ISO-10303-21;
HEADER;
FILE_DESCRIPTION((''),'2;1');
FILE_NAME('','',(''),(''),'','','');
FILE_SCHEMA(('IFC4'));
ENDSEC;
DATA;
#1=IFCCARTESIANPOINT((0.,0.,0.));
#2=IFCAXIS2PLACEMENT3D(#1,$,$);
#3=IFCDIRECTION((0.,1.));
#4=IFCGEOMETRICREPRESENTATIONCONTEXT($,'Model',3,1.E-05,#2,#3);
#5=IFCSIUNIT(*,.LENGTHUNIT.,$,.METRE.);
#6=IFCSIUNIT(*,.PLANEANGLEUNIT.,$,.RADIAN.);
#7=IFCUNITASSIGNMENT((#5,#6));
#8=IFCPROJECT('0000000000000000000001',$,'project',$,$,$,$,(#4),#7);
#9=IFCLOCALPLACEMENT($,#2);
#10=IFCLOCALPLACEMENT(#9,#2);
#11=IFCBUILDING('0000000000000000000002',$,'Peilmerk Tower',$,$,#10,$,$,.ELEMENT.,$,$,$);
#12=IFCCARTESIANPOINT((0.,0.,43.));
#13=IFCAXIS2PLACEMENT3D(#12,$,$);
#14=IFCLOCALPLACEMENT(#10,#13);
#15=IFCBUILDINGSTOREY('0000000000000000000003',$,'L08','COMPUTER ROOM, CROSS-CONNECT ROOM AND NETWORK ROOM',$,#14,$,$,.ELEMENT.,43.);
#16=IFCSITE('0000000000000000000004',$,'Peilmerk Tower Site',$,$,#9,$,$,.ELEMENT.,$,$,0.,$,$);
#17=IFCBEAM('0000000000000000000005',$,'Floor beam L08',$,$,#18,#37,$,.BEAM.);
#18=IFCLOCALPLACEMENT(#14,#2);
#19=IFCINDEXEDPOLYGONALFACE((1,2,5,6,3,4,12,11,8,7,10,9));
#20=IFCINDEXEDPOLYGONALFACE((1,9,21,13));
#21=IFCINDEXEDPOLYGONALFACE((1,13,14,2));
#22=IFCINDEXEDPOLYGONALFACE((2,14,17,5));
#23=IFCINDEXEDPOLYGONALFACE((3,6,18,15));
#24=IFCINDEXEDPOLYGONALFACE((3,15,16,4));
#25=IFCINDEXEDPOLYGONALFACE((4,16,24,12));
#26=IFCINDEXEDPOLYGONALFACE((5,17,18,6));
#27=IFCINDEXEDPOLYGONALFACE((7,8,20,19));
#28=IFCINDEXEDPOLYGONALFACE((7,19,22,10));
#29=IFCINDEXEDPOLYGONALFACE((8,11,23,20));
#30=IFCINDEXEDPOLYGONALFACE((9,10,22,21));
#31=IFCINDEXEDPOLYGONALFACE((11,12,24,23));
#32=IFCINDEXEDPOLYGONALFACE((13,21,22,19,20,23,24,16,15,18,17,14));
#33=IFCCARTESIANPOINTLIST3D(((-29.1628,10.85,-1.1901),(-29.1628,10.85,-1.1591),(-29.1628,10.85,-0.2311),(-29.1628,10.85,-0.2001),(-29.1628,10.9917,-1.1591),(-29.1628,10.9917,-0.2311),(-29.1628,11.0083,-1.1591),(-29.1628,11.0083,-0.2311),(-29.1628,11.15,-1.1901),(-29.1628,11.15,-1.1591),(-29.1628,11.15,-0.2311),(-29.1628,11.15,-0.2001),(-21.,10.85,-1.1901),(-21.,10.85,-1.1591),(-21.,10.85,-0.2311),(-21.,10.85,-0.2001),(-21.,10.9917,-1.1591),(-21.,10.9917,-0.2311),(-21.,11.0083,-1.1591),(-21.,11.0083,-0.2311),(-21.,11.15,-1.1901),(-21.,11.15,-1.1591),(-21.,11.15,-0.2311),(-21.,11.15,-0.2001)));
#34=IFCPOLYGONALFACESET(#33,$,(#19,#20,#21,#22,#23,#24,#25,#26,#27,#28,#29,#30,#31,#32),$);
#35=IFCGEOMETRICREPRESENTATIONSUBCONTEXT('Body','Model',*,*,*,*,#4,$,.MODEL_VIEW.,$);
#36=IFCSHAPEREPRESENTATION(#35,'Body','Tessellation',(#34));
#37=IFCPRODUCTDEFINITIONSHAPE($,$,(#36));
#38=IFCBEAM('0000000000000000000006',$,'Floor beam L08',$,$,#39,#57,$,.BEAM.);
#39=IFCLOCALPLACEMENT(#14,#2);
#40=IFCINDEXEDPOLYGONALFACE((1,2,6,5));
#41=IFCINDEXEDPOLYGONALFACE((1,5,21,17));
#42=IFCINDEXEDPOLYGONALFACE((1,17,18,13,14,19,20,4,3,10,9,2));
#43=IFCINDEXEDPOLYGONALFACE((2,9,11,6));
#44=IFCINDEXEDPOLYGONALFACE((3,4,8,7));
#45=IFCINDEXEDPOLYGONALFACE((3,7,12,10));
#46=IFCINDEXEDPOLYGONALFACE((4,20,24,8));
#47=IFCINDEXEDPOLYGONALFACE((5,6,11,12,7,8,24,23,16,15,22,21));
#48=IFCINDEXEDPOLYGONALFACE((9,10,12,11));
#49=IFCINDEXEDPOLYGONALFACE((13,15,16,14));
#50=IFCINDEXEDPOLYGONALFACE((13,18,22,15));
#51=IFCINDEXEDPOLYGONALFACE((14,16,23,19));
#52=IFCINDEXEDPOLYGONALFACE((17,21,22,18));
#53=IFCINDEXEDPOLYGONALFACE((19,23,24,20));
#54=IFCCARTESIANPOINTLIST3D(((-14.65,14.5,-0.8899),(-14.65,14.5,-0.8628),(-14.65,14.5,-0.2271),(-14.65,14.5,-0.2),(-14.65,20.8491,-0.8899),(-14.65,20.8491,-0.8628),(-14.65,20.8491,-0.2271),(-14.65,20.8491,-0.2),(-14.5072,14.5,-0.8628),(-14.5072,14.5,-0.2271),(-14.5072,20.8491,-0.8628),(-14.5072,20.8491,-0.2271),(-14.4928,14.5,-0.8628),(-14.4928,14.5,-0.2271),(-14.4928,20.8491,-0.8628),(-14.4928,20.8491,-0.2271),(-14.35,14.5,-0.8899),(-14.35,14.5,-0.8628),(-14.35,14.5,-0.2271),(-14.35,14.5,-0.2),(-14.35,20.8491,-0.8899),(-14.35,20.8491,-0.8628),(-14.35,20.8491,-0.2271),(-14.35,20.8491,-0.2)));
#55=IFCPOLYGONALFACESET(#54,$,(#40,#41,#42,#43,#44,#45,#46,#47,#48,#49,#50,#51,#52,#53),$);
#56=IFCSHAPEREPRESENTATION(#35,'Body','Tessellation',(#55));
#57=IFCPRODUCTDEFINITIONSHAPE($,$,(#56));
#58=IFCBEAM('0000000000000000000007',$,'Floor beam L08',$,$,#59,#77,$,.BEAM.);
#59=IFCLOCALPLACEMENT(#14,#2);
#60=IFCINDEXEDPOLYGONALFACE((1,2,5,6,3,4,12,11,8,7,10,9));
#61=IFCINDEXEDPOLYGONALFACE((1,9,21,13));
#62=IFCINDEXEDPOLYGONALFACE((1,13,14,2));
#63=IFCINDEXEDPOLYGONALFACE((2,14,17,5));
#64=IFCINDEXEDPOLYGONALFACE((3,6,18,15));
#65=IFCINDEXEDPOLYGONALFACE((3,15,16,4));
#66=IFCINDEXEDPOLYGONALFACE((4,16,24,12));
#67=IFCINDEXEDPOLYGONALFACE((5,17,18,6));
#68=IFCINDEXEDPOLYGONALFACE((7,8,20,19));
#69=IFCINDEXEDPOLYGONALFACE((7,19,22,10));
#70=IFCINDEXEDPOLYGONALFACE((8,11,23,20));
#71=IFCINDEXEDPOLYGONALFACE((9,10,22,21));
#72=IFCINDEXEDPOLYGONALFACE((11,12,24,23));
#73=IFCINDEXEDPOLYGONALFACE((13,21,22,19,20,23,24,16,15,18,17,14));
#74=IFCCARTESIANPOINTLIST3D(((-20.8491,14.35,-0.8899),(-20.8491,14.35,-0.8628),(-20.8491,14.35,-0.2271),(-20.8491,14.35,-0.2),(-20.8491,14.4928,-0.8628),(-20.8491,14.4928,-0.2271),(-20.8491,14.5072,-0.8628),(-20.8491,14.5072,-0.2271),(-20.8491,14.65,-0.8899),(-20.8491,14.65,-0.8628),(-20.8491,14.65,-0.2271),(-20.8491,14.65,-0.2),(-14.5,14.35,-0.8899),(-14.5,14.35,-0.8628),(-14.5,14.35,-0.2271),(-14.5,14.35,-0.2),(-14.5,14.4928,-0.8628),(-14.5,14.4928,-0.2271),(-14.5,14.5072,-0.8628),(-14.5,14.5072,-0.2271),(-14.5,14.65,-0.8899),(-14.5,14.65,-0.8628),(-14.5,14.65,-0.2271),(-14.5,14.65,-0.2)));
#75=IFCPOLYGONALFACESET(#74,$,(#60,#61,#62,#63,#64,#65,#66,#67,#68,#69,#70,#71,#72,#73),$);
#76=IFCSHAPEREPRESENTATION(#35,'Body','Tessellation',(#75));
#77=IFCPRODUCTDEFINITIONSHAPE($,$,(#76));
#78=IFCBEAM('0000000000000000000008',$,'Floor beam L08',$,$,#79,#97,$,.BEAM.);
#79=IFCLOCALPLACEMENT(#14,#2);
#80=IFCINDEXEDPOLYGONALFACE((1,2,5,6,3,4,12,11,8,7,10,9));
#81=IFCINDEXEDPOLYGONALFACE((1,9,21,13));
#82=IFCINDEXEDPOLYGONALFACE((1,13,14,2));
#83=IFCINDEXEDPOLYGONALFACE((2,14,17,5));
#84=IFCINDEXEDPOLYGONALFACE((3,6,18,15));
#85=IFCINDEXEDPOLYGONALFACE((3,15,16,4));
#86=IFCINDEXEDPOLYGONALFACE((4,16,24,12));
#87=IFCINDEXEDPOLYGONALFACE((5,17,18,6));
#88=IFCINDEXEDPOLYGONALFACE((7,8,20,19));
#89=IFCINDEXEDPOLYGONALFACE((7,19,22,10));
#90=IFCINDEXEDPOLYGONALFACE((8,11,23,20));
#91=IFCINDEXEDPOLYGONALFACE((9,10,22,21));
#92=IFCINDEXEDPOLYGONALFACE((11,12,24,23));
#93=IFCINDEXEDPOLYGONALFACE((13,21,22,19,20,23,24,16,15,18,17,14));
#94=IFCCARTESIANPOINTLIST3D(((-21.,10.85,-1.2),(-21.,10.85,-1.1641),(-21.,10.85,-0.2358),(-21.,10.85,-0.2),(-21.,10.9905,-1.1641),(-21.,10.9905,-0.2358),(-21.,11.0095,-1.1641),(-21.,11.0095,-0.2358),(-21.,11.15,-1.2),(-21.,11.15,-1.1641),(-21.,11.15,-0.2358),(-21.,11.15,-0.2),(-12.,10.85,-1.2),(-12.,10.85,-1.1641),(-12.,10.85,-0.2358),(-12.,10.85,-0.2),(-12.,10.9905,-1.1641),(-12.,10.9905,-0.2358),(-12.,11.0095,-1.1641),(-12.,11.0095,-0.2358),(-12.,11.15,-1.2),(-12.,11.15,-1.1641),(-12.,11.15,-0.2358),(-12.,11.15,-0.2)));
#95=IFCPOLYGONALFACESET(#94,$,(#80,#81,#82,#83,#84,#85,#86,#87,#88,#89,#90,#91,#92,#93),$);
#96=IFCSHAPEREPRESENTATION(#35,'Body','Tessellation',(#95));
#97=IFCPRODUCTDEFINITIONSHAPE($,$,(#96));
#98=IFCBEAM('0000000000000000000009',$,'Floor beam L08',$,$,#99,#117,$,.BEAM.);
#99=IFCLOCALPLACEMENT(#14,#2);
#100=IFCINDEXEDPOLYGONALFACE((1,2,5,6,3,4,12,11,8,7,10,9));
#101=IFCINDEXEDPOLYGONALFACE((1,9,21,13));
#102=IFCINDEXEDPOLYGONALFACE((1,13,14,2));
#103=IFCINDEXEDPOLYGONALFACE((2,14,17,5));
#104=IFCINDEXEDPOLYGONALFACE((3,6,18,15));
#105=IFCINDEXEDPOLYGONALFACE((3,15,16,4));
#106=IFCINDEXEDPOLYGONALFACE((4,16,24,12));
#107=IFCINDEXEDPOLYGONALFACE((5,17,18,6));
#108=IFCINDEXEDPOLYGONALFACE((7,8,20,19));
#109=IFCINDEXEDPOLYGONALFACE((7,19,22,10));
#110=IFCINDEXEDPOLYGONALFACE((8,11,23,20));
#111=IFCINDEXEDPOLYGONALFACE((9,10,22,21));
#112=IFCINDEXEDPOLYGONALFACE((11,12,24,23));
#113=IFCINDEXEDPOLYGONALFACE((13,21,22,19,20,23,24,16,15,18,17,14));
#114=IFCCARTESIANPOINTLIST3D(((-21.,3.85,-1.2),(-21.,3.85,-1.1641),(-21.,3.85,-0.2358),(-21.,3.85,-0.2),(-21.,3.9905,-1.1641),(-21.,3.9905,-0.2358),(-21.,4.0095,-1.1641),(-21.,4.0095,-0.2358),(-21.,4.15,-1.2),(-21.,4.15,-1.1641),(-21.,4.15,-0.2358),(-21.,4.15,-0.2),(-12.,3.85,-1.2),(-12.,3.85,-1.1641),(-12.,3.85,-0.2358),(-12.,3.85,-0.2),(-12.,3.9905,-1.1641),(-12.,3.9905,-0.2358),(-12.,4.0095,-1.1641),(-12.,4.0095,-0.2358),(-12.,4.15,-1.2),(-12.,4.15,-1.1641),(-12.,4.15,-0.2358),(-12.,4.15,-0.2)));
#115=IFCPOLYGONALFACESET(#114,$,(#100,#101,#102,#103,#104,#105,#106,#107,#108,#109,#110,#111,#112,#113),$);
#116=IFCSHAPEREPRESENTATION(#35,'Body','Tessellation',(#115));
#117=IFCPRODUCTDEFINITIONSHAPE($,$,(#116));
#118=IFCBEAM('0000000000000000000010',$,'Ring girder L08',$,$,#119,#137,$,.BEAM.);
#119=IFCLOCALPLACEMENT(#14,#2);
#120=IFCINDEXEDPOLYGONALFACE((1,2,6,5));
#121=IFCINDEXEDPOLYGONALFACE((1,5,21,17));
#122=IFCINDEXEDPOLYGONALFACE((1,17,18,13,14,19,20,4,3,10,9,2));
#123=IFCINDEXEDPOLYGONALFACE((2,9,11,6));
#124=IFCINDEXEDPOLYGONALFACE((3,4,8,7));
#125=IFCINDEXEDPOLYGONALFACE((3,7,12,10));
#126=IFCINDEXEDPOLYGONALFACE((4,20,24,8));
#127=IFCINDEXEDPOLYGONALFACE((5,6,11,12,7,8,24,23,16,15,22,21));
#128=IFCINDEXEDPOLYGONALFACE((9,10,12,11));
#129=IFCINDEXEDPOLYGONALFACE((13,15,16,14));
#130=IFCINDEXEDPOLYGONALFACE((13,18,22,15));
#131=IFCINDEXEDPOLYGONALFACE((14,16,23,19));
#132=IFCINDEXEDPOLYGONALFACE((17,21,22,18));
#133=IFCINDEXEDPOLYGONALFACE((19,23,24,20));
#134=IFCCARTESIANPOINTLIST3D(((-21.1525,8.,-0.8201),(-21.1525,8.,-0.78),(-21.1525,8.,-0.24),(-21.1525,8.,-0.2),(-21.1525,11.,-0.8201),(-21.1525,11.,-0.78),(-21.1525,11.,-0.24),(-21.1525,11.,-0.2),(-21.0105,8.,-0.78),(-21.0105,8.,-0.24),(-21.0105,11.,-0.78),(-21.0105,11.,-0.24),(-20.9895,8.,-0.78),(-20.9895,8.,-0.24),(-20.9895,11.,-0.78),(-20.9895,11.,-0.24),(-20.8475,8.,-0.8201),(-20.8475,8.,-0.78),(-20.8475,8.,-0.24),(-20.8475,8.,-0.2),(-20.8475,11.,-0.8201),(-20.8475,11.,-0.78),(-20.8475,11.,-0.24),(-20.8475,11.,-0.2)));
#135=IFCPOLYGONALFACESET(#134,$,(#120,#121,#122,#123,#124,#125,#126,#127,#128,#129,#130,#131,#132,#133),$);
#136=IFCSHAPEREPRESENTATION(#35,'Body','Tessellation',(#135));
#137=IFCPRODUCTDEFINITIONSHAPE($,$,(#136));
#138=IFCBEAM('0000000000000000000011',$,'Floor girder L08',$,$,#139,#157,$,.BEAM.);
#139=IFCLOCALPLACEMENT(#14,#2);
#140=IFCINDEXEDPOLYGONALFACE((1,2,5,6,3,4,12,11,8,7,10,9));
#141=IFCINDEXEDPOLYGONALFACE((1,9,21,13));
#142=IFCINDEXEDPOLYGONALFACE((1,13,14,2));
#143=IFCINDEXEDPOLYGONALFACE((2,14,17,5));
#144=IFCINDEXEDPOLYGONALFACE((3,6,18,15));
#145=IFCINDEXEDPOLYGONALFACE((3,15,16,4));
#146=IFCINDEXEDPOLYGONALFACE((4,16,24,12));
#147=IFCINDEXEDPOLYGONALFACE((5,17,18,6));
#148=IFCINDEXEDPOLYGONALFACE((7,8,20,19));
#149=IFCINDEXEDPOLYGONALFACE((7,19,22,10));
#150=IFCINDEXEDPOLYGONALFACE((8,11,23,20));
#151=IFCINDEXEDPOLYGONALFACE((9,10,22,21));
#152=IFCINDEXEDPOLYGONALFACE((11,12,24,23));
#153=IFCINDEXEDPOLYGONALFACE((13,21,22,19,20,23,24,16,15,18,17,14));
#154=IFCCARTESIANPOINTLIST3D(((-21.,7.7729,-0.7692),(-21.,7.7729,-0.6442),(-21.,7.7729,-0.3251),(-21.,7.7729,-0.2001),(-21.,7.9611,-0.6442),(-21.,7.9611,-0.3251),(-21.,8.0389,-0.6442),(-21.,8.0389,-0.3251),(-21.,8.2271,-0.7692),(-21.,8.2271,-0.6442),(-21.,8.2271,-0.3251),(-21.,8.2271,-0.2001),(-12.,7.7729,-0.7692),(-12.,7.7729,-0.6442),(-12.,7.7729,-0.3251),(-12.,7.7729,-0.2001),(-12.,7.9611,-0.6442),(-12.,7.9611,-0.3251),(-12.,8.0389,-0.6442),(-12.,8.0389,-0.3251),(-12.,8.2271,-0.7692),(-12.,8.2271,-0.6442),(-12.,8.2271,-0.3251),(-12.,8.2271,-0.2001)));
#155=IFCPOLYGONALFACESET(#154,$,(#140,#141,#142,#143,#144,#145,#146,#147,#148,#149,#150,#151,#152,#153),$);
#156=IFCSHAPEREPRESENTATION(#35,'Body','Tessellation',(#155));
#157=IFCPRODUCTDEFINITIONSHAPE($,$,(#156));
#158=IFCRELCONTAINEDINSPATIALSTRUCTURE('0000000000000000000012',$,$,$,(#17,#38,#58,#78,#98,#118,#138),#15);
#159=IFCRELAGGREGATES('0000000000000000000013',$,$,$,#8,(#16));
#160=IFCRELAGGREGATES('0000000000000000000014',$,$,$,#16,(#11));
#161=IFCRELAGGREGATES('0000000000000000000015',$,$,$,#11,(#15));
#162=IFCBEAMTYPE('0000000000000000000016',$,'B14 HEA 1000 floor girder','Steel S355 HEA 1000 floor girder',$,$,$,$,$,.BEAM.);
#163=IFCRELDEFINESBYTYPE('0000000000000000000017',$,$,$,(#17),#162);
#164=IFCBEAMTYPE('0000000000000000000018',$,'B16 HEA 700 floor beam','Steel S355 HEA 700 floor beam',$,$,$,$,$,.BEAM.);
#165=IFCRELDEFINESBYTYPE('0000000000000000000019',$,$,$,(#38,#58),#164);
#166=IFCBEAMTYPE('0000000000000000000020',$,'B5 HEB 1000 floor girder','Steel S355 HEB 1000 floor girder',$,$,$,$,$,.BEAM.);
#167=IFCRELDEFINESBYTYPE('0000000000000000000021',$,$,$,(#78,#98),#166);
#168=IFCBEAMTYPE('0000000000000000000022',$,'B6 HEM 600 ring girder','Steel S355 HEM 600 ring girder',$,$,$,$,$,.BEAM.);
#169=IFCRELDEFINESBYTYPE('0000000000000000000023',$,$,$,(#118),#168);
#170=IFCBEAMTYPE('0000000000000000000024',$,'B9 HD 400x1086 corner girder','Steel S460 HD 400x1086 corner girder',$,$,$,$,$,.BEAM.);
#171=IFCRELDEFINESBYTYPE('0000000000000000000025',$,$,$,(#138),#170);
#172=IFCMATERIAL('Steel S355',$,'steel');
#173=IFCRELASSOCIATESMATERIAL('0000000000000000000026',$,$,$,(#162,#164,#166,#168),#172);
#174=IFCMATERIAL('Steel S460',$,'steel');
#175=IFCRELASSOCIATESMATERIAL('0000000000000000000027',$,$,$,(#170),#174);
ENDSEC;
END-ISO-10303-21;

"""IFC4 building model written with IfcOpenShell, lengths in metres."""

from ifc_helpers import new_model, si_unit, direction, frame, origin, origin_2d, place, context, subcontext, project, spatial, i_section, extrude, material, material_profile, profile_set, type_object, element, save


model = new_model("IFC4")

# Units and contexts
model_context = context("Model", 3, precision=1e-05, world=origin(), true_north=direction((0.0, 1.0)))
body_context = subcontext(model_context, "Body", "Model", "MODEL_VIEW")
ifc_project = project(units=[si_unit("LENGTHUNIT", "METRE"), si_unit("PLANEANGLEUNIT", "RADIAN")], contexts=[model_context])

# Site, building, storey
site_placement = place(None, origin())
site = spatial("IfcSite", under=ifc_project, at=site_placement, Name="Peilmerk Tower Site", CompositionType="ELEMENT", RefElevation=0.0)
building_placement = place(site_placement, origin())
building = spatial("IfcBuilding", under=site, at=building_placement, Name="Peilmerk Tower", CompositionType="ELEMENT")
storey_placement = place(building_placement, frame((0.0, 0.0, 43.0)))
storey = spatial("IfcBuildingStorey", under=building, at=storey_placement, Name="L08", Description="COMPUTER ROOM, CROSS-CONNECT ROOM AND NETWORK ROOM", CompositionType="ELEMENT", Elevation=43.0)

# Beams
ifc_material_1 = material(Name="Steel S355", Category="steel")
ifc_material_profile_1 = material_profile(ifc_material_1, i_section(OverallWidth=0.3, OverallDepth=0.99, WebThickness=0.0166, FlangeThickness=0.031, at=origin_2d()), Name="HEA 1000")
ifc_profile_set_1 = profile_set([ifc_material_profile_1], Name="Steel S355")
beam_type_1 = type_object("IfcBeamType", Name="B14 HEA 1000 floor girder", Description="Steel S355 HEA 1000 floor girder", PredefinedType="BEAM", material=ifc_profile_set_1)
beam_1_placement = place(storey_placement, frame((-21.0, 11.0, -0.6951), z_axis=(-1.0, 0.0, 0.0), x_axis=(0.0, -1.0, 0.0)))
element("IfcBeam", 1, at=beam_1_placement, inside=storey, type_object=beam_type_1, Name="Floor beam L08", PredefinedType="BEAM", context=body_context, shape_type="SweptSolid", body=[
    extrude(i_section(OverallWidth=0.3, OverallDepth=0.99, WebThickness=0.0166, FlangeThickness=0.031, at=origin_2d()), origin(), (0.0, 0.0, 1.0), 8.1628),
])
ifc_material_profile_2 = material_profile(ifc_material_1, i_section(OverallWidth=0.3, OverallDepth=0.6899, WebThickness=0.0144, FlangeThickness=0.0271, at=origin_2d()), Name="HEA 700")
ifc_profile_set_2 = profile_set([ifc_material_profile_2], Name="Steel S355")
beam_type_2 = type_object("IfcBeamType", Name="B16 HEA 700 floor beam", Description="Steel S355 HEA 700 floor beam", PredefinedType="BEAM", material=ifc_profile_set_2)
for number, where, z_axis, x_axis, name in (
    (2, (-14.5, 14.5, -0.5449), (0.0, 1.0, 0.0), (-1.0, 0.0, 0.0), "Floor beam L08"),
    (3, (-14.5, 14.5, -0.5449), (-1.0, 0.0, 0.0), (0.0, -1.0, 0.0), "Floor beam L08"),
):
    element("IfcBeam", number, at=place(storey_placement, frame(where, z_axis=z_axis, x_axis=x_axis)), inside=storey, type_object=beam_type_2, Name=name, PredefinedType="BEAM", context=body_context, shape_type="SweptSolid", body=[
        extrude(i_section(OverallWidth=0.3, OverallDepth=0.6899, WebThickness=0.0144, FlangeThickness=0.0271, at=origin_2d()), origin(), (0.0, 0.0, 1.0), 6.3491),
    ])
ifc_material_profile_3 = material_profile(ifc_material_1, i_section(OverallWidth=0.3, OverallDepth=1.0, WebThickness=0.019, FlangeThickness=0.0359, at=origin_2d()), Name="HEB 1000")
ifc_profile_set_3 = profile_set([ifc_material_profile_3], Name="Steel S355")
beam_type_3 = type_object("IfcBeamType", Name="B5 HEB 1000 floor girder", Description="Steel S355 HEB 1000 floor girder", PredefinedType="BEAM", material=ifc_profile_set_3)
for number, where, z_axis, x_axis, name in (
    (4, (-12.0, 11.0, -0.7), (-1.0, 0.0, 0.0), (0.0, -1.0, 0.0), "Floor beam L08"),
    (5, (-12.0, 4.0, -0.7), (-1.0, 0.0, 0.0), (0.0, -1.0, 0.0), "Floor beam L08"),
):
    element("IfcBeam", number, at=place(storey_placement, frame(where, z_axis=z_axis, x_axis=x_axis)), inside=storey, type_object=beam_type_3, Name=name, PredefinedType="BEAM", context=body_context, shape_type="SweptSolid", body=[
        extrude(i_section(OverallWidth=0.3, OverallDepth=1.0, WebThickness=0.019, FlangeThickness=0.0359, at=origin_2d()), origin(), (0.0, 0.0, 1.0), 9.0),
    ])
ifc_material_profile_4 = material_profile(ifc_material_1, i_section(OverallWidth=0.3049, OverallDepth=0.6201, WebThickness=0.021, FlangeThickness=0.04, at=origin_2d()), Name="HEM 600")
ifc_profile_set_4 = profile_set([ifc_material_profile_4], Name="Steel S355")
beam_type_4 = type_object("IfcBeamType", Name="B6 HEM 600 ring girder", Description="Steel S355 HEM 600 ring girder", PredefinedType="BEAM", material=ifc_profile_set_4)
beam_2_placement = place(storey_placement, frame((-21.0, 11.0, -0.51), z_axis=(0.0, -1.0, 0.0), x_axis=(1.0, 0.0, 0.0)))
element("IfcBeam", 6, at=beam_2_placement, inside=storey, type_object=beam_type_4, Name="Ring girder L08", PredefinedType="BEAM", context=body_context, shape_type="SweptSolid", body=[
    extrude(i_section(OverallWidth=0.3049, OverallDepth=0.6201, WebThickness=0.021, FlangeThickness=0.04, at=origin_2d()), origin(), (0.0, 0.0, 1.0), 3.0),
])
ifc_material_2 = material(Name="Steel S460", Category="steel")
ifc_material_profile_5 = material_profile(ifc_material_2, i_section(OverallWidth=0.4541, OverallDepth=0.5691, WebThickness=0.0779, FlangeThickness=0.125, at=origin_2d()), Name="HD 400x1086")
ifc_profile_set_5 = profile_set([ifc_material_profile_5], Name="Steel S460")
beam_type_5 = type_object("IfcBeamType", Name="B9 HD 400x1086 corner girder", Description="Steel S460 HD 400x1086 corner girder", PredefinedType="BEAM", material=ifc_profile_set_5)
beam_3_placement = place(storey_placement, frame((-12.0, 8.0, -0.4846), z_axis=(-1.0, 0.0, 0.0), x_axis=(0.0, -1.0, 0.0)))
element("IfcBeam", 7, at=beam_3_placement, inside=storey, type_object=beam_type_5, Name="Floor girder L08", PredefinedType="BEAM", context=body_context, shape_type="SweptSolid", body=[
    extrude(i_section(OverallWidth=0.4541, OverallDepth=0.5691, WebThickness=0.0779, FlangeThickness=0.125, at=origin_2d()), origin(), (0.0, 0.0, 1.0), 9.0),
])

save(model, "model.ifc")
